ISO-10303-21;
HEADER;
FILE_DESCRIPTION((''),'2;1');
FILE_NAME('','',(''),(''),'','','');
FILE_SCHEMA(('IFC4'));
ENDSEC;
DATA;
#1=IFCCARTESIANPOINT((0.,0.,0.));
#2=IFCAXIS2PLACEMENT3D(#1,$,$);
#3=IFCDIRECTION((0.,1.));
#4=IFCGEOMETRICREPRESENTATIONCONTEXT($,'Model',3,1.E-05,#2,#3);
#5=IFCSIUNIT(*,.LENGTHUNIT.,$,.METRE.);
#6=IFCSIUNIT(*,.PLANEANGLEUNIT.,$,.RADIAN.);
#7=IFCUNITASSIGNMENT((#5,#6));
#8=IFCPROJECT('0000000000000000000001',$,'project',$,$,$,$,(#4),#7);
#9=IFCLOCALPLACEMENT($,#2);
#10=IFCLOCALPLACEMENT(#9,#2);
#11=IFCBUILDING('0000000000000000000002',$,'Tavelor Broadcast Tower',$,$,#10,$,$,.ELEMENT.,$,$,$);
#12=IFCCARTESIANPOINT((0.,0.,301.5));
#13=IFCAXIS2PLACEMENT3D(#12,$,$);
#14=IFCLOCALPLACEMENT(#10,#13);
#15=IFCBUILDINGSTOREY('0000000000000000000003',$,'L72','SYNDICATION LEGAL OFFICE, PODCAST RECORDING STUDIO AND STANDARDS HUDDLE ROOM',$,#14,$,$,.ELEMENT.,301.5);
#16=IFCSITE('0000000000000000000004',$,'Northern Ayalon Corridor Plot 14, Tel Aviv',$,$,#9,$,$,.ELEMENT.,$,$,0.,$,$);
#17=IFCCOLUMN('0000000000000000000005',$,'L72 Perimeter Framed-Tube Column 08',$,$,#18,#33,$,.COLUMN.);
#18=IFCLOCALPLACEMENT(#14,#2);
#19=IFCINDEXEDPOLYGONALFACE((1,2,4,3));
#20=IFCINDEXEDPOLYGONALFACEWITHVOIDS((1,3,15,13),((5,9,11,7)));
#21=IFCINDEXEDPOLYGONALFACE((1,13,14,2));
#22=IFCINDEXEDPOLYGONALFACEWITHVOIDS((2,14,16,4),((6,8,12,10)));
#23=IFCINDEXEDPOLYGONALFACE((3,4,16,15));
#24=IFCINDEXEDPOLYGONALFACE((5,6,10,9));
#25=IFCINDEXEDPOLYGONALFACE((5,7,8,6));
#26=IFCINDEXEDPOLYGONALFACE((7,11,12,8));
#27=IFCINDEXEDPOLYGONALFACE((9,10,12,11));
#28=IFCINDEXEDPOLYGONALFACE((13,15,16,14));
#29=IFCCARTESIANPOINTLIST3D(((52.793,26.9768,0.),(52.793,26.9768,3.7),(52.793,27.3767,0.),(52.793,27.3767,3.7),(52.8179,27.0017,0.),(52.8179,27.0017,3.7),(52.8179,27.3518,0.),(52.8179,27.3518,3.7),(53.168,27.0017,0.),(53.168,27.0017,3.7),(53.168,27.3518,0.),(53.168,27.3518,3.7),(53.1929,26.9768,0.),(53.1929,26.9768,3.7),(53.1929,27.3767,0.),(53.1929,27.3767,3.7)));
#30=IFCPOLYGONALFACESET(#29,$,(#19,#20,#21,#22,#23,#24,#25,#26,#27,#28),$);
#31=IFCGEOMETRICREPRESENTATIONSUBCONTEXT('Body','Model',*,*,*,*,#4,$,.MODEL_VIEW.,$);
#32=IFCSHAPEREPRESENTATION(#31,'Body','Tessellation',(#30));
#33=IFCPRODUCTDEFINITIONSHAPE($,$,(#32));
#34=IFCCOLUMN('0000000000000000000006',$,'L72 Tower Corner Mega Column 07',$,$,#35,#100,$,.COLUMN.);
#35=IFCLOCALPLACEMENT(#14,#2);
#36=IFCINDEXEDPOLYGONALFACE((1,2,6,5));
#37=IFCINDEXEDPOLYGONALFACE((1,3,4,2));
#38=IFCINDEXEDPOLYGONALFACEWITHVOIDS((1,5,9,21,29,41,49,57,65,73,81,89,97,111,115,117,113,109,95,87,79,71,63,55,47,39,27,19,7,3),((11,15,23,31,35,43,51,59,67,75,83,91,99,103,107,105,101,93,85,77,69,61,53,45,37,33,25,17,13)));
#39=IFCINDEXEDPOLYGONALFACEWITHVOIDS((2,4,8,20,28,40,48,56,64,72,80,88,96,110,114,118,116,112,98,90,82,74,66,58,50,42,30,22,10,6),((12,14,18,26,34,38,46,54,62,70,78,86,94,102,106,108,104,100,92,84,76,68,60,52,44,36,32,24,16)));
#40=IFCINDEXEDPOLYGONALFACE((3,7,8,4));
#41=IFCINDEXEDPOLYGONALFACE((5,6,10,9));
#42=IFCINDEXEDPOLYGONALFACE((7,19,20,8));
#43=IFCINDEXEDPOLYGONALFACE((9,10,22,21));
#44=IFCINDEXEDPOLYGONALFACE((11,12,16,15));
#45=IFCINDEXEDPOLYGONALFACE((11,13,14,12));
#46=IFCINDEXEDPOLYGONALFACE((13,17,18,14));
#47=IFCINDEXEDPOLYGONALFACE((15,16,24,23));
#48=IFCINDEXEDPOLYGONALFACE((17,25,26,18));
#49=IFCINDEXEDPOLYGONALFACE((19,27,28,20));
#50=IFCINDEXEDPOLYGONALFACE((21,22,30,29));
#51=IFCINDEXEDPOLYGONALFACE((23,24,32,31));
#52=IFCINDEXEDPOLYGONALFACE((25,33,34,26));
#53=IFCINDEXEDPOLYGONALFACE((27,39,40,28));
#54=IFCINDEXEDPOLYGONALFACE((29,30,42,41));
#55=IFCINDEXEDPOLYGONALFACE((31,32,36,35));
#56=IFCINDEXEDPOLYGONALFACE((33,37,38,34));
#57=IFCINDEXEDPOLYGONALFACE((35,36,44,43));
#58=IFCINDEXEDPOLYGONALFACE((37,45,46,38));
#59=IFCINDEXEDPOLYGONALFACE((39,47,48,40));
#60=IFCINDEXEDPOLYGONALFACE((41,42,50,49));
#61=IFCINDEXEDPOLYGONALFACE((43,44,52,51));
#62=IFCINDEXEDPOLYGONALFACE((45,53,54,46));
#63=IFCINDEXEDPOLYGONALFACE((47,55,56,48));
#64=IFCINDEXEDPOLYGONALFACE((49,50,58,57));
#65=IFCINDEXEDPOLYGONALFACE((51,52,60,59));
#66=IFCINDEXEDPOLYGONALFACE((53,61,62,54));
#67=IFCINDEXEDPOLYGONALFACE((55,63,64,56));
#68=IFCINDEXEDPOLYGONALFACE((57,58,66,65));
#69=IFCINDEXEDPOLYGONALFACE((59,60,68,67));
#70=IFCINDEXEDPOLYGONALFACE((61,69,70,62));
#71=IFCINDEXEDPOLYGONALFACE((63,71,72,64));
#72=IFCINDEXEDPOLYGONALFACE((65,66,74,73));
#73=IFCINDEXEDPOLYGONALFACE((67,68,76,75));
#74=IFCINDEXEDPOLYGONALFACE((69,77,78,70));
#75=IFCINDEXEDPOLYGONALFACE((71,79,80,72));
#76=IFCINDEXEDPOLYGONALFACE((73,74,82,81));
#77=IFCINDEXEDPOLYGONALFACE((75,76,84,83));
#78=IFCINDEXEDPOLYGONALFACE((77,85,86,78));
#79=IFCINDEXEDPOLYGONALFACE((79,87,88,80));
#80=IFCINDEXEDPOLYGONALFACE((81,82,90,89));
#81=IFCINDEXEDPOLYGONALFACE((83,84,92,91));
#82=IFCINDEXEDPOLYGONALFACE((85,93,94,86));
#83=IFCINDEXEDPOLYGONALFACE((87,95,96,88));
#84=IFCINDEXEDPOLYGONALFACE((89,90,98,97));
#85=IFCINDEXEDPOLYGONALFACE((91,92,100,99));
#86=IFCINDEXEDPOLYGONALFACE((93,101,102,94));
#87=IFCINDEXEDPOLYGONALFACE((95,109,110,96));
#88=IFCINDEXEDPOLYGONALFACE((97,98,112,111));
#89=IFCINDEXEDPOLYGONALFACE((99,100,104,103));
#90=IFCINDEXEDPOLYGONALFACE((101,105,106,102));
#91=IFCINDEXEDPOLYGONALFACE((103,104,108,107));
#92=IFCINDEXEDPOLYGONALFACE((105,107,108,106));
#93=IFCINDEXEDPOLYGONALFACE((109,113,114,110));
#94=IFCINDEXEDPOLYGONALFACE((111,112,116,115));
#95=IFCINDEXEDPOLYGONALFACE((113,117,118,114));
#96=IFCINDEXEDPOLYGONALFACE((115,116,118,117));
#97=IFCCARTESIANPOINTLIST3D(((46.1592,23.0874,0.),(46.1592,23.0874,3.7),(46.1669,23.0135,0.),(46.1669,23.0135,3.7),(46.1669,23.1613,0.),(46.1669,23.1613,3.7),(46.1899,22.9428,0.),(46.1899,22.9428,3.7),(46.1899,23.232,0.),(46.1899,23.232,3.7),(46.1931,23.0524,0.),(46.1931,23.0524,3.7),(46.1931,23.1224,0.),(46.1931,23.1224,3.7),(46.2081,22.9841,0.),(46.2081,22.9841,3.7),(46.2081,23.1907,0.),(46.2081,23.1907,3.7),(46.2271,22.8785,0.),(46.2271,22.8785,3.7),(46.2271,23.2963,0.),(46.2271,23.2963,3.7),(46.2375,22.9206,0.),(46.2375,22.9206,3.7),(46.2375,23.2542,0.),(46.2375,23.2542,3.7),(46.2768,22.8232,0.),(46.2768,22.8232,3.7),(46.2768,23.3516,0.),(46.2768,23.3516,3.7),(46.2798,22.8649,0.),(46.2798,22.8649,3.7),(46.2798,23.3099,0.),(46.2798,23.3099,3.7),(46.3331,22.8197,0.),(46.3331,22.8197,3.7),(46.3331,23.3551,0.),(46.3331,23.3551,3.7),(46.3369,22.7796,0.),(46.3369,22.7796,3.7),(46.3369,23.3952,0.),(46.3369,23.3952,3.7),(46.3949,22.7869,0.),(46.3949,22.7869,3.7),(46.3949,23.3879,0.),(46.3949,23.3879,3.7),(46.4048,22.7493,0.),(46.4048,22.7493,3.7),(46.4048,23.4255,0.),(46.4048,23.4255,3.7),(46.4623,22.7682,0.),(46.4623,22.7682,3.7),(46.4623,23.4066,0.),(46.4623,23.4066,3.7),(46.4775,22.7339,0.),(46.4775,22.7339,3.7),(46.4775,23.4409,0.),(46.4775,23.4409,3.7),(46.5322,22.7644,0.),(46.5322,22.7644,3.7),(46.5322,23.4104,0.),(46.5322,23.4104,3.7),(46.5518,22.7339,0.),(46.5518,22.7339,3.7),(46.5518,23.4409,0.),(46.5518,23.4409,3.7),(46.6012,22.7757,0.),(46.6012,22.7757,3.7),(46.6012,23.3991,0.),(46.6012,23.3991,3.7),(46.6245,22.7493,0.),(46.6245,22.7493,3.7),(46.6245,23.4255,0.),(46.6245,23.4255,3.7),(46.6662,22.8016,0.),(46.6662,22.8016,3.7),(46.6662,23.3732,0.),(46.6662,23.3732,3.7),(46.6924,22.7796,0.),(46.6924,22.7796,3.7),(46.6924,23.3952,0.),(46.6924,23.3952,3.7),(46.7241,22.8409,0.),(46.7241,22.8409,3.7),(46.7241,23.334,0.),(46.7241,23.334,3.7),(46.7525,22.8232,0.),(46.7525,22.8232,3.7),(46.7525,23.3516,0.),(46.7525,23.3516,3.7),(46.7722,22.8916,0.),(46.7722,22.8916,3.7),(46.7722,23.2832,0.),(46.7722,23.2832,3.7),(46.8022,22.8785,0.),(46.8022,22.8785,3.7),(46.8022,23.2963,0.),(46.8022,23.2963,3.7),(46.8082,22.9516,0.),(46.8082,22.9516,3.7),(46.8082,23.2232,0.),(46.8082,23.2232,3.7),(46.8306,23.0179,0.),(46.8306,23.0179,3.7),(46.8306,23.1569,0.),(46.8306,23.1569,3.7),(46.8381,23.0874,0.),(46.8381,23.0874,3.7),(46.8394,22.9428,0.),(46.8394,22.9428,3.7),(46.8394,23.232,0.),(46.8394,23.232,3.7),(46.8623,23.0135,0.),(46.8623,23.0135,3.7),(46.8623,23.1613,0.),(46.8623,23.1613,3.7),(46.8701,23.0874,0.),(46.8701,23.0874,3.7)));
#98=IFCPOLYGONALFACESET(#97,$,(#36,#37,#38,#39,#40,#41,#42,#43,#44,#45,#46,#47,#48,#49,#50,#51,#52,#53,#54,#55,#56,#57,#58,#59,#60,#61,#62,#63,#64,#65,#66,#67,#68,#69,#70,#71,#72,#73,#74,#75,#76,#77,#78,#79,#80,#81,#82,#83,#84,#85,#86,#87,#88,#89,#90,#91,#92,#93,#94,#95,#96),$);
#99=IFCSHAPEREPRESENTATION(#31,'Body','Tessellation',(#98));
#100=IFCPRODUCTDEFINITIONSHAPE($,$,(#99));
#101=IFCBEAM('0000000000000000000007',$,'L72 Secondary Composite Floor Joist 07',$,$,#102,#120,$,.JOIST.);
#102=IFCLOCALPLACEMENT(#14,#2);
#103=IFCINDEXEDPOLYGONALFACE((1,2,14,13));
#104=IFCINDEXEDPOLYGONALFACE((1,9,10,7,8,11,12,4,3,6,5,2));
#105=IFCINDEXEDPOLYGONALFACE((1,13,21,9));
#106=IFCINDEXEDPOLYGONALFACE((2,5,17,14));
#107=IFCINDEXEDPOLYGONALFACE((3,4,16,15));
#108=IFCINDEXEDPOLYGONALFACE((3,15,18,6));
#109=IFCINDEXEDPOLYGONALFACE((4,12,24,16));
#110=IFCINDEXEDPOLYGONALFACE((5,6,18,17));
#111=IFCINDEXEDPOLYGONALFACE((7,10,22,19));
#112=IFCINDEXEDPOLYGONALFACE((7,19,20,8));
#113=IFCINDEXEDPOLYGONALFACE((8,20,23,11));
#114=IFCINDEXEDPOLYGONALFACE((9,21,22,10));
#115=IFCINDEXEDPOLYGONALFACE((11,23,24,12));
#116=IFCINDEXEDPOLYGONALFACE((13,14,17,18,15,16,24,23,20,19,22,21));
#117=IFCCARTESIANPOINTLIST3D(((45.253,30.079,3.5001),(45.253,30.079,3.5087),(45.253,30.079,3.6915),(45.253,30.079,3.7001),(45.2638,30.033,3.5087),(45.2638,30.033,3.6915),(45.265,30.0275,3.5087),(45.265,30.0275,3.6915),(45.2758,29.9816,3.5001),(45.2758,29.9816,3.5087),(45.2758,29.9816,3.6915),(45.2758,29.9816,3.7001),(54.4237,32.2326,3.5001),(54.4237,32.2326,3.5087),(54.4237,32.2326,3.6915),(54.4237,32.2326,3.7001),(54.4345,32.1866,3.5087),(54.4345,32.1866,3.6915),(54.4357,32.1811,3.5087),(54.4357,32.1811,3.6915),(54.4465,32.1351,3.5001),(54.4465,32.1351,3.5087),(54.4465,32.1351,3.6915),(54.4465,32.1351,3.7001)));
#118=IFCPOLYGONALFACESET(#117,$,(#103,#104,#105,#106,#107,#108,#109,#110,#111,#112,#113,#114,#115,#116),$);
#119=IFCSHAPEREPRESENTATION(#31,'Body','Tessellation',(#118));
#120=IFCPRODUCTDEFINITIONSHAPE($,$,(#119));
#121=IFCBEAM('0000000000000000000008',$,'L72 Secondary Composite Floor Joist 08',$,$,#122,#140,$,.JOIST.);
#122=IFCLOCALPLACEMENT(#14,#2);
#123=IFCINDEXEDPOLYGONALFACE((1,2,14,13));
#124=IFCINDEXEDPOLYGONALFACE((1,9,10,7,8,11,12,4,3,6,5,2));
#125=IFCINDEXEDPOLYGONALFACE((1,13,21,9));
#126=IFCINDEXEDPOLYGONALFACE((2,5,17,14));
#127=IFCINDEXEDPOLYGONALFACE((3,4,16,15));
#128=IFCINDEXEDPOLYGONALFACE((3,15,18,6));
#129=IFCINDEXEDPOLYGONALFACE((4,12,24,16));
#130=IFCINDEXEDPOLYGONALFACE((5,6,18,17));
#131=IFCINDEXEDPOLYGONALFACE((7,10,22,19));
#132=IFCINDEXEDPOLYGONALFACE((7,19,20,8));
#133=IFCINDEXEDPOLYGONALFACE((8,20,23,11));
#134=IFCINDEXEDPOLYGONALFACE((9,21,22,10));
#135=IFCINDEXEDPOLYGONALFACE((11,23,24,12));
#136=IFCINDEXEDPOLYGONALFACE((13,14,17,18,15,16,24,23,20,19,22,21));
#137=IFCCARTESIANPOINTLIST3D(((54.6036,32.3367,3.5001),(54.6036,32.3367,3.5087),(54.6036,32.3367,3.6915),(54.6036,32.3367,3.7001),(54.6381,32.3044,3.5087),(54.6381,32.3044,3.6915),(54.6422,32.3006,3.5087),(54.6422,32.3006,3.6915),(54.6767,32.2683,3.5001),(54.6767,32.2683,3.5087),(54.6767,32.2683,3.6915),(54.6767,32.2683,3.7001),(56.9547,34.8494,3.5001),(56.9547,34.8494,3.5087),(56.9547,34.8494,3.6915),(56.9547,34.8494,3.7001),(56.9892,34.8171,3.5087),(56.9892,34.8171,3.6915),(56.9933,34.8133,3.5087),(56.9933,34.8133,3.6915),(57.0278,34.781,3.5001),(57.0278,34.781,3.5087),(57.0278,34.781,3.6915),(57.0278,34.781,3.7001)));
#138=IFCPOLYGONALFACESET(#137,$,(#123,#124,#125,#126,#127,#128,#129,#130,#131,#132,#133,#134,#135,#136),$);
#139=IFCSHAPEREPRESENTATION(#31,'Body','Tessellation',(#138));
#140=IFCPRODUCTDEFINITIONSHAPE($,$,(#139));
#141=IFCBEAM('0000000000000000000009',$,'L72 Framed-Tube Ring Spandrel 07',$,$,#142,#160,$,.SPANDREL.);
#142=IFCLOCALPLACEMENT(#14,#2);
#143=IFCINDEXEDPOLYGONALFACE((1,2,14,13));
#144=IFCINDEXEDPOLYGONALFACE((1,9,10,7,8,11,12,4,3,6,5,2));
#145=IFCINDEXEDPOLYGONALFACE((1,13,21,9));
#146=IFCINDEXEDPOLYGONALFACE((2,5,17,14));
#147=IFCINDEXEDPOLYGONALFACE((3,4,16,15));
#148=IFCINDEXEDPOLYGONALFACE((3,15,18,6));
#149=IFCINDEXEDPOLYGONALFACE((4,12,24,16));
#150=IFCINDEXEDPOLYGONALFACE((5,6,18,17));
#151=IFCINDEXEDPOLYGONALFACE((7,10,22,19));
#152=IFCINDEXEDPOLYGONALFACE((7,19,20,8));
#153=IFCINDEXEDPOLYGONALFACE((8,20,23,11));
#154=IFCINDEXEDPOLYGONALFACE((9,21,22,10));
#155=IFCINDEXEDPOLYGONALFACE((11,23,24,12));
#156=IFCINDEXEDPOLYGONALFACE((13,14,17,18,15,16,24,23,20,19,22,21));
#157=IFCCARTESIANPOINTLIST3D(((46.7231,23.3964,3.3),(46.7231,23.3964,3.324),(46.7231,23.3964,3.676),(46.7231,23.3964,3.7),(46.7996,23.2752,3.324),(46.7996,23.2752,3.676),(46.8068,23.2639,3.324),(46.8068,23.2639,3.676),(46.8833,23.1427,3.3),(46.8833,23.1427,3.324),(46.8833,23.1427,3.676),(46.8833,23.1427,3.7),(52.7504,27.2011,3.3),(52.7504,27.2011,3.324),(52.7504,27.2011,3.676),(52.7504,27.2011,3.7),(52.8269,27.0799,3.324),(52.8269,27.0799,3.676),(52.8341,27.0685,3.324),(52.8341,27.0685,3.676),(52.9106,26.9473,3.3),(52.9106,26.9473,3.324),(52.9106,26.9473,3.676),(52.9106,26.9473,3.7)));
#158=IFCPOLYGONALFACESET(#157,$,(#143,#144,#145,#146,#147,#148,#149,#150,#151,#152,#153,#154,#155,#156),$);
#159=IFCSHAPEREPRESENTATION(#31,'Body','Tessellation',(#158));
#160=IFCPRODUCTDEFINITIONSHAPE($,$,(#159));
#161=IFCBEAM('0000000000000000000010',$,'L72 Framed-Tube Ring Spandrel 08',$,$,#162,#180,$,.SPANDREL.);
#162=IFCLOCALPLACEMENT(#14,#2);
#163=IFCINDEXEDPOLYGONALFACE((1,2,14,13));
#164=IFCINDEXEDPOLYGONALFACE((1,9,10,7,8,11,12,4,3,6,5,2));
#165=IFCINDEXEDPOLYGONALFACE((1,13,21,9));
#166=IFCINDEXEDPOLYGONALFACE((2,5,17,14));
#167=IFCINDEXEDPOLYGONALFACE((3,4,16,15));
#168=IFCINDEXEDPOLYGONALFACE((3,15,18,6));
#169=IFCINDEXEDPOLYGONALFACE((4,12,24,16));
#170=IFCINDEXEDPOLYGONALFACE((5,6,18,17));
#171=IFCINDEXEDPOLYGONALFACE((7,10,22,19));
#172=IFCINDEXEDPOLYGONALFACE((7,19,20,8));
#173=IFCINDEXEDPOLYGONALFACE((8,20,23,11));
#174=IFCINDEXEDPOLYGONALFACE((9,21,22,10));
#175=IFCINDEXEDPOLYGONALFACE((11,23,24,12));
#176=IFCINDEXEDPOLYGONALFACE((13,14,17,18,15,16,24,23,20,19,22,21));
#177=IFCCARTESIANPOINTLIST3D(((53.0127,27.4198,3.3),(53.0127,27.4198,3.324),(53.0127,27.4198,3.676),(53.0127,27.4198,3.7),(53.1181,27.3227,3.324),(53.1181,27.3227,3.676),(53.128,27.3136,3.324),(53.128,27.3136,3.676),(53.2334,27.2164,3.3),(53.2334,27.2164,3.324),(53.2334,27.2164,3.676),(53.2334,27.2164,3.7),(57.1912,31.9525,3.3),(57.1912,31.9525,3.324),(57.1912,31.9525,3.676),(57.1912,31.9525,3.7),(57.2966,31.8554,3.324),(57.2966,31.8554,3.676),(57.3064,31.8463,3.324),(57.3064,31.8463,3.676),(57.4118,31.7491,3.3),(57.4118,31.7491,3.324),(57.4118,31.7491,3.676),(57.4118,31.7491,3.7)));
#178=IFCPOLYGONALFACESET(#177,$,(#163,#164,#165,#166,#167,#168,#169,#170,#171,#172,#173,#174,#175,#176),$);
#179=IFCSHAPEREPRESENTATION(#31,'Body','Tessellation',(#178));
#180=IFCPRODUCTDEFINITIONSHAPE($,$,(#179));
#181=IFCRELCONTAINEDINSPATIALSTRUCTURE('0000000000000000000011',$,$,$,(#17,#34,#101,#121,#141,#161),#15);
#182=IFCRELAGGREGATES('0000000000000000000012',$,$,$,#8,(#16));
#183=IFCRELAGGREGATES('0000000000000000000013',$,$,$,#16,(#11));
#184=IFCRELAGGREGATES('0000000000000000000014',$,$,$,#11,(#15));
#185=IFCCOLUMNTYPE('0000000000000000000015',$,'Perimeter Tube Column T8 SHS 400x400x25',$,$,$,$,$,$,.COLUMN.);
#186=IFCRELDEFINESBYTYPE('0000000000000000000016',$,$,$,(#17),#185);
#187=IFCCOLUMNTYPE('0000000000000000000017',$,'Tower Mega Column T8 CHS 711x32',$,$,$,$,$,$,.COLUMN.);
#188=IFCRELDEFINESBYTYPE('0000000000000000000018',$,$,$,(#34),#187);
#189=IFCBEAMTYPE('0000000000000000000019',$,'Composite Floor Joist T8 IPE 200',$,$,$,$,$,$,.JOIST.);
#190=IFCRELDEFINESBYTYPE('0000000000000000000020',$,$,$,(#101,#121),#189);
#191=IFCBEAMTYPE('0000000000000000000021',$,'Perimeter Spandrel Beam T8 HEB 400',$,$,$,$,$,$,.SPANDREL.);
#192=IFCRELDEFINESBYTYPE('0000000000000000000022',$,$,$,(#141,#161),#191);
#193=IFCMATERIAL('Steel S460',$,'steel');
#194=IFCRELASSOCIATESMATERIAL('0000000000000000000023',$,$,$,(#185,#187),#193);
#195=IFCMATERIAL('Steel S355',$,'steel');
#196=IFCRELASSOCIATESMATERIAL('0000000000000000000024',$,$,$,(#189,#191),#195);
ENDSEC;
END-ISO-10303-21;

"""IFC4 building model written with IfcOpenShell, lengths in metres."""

from ifc_helpers import new_model, si_unit, direction, frame, origin, origin_2d, place, context, subcontext, project, spatial, hollow_rectangle, hollow_circle, i_section, extrude, material, material_profile, profile_set, type_object, element, save


model = new_model("IFC4")

# Units and contexts
model_context = context("Model", 3, precision=1e-05, world=origin(), true_north=direction((0.0, 1.0)))
body_context = subcontext(model_context, "Body", "Model", "MODEL_VIEW")
ifc_project = project(units=[si_unit("LENGTHUNIT", "METRE"), si_unit("PLANEANGLEUNIT", "RADIAN")], contexts=[model_context])

# Site, building, storey
site_placement = place(None, origin())
site = spatial("IfcSite", under=ifc_project, at=site_placement, Name="Northern Ayalon Corridor Plot 14, Tel Aviv", CompositionType="ELEMENT", RefElevation=0.0)
building_placement = place(site_placement, origin())
building = spatial("IfcBuilding", under=site, at=building_placement, Name="Tavelor Broadcast Tower", CompositionType="ELEMENT")
storey_placement = place(building_placement, frame((0.0, 0.0, 301.5)))
storey = spatial("IfcBuildingStorey", under=building, at=storey_placement, Name="L72", Description="SYNDICATION LEGAL OFFICE, PODCAST RECORDING STUDIO AND STANDARDS HUDDLE ROOM", CompositionType="ELEMENT", Elevation=301.5)

# Columns
ifc_material_1 = material(Name="Steel S460", Category="steel")
ifc_material_profile_1 = material_profile(ifc_material_1, hollow_rectangle(XDim=0.3999, YDim=0.3999, WallThickness=0.0249, at=origin_2d()), Name="SHS 400x400x25")
ifc_profile_set_1 = profile_set([ifc_material_profile_1], Name="Steel S460")
column_type_1 = type_object("IfcColumnType", Name="Perimeter Tube Column T8 SHS 400x400x25", PredefinedType="COLUMN", material=ifc_profile_set_1)
column_1_placement = place(storey_placement, frame((52.9929, 27.1768, 0.0), z_axis=(0.0, 0.0, 1.0), x_axis=(1.0, 0.0, 0.0)))
element("IfcColumn", 1, at=column_1_placement, inside=storey, type_object=column_type_1, Name="L72 Perimeter Framed-Tube Column 08", PredefinedType="COLUMN", context=body_context, shape_type="SweptSolid", body=[
    extrude(hollow_rectangle(XDim=0.3999, YDim=0.3999, WallThickness=0.0249, at=origin_2d()), origin(), (0.0, 0.0, 1.0), 3.7),
])
ifc_material_profile_2 = material_profile(ifc_material_1, hollow_circle(Radius=0.3555, WallThickness=0.032, at=origin_2d()), Name="CHS 711x32")
ifc_profile_set_2 = profile_set([ifc_material_profile_2], Name="Steel S460")
column_type_2 = type_object("IfcColumnType", Name="Tower Mega Column T8 CHS 711x32", PredefinedType="COLUMN", material=ifc_profile_set_2)
column_2_placement = place(storey_placement, frame((46.5146, 23.0874, 0.0), z_axis=(0.0, 0.0, 1.0), x_axis=(1.0, 0.0, 0.0)))
element("IfcColumn", 2, at=column_2_placement, inside=storey, type_object=column_type_2, Name="L72 Tower Corner Mega Column 07", PredefinedType="COLUMN", context=body_context, shape_type="SweptSolid", body=[
    extrude(hollow_circle(Radius=0.3555, WallThickness=0.032, at=origin_2d()), origin(), (0.0, 0.0, 1.0), 3.7),
])

# Beams
ifc_material_2 = material(Name="Steel S355", Category="steel")
ifc_material_profile_3 = material_profile(ifc_material_2, i_section(OverallWidth=0.1001, OverallDepth=0.2, WebThickness=0.0056, FlangeThickness=0.0085, at=origin_2d()), Name="IPE 200")
ifc_profile_set_3 = profile_set([ifc_material_profile_3], Name="Steel S355")
beam_type_1 = type_object("IfcBeamType", Name="Composite Floor Joist T8 IPE 200", PredefinedType="JOIST", material=ifc_profile_set_3)
beam_1_placement = place(storey_placement, frame((45.2644, 30.0303, 3.6001), z_axis=(0.973517, 0.228613, 0.0), x_axis=(-0.228613, 0.973517, 0.0)))
element("IfcBeam", 3, at=beam_1_placement, inside=storey, type_object=beam_type_1, Name="L72 Secondary Composite Floor Joist 07", PredefinedType="JOIST", context=body_context, shape_type="SweptSolid", body=[
    extrude(i_section(OverallWidth=0.1001, OverallDepth=0.2, WebThickness=0.0056, FlangeThickness=0.0085, at=origin_2d()), origin(), (0.0, 0.0, 1.0), 9.4202),
])
beam_2_placement = place(storey_placement, frame((54.6401, 32.3025, 3.6001), z_axis=(0.683233, 0.730201, 0.0), x_axis=(-0.730201, 0.683233, 0.0)))
element("IfcBeam", 4, at=beam_2_placement, inside=storey, type_object=beam_type_1, Name="L72 Secondary Composite Floor Joist 08", PredefinedType="JOIST", context=body_context, shape_type="SweptSolid", body=[
    extrude(i_section(OverallWidth=0.1001, OverallDepth=0.2, WebThickness=0.0056, FlangeThickness=0.0085, at=origin_2d()), origin(), (0.0, 0.0, 1.0), 3.4412),
])
ifc_material_profile_4 = material_profile(ifc_material_2, i_section(OverallWidth=0.3, OverallDepth=0.3999, WebThickness=0.0134, FlangeThickness=0.0239, at=origin_2d()), Name="HEB 400")
ifc_profile_set_4 = profile_set([ifc_material_profile_4], Name="Steel S355")
beam_type_2 = type_object("IfcBeamType", Name="Perimeter Spandrel Beam T8 HEB 400", PredefinedType="SPANDREL", material=ifc_profile_set_4)
beam_3_placement = place(storey_placement, frame((46.8032, 23.2695, 3.5), z_axis=(0.845619, 0.533787, 0.0), x_axis=(-0.533787, 0.845619, 0.0)))
element("IfcBeam", 5, at=beam_3_placement, inside=storey, type_object=beam_type_2, Name="L72 Framed-Tube Ring Spandrel 07", PredefinedType="SPANDREL", context=body_context, shape_type="SweptSolid", body=[
    extrude(i_section(OverallWidth=0.3, OverallDepth=0.3999, WebThickness=0.0134, FlangeThickness=0.0239, at=origin_2d()), origin(), (0.0, 0.0, 1.0), 7.1277),
])
beam_4_placement = place(storey_placement, frame((53.123, 27.3181, 3.5), z_axis=(0.677791, 0.735254, 0.0), x_axis=(-0.735254, 0.677791, 0.0)))
element("IfcBeam", 6, at=beam_4_placement, inside=storey, type_object=beam_type_2, Name="L72 Framed-Tube Ring Spandrel 08", PredefinedType="SPANDREL", context=body_context, shape_type="SweptSolid", body=[
    extrude(i_section(OverallWidth=0.3, OverallDepth=0.3999, WebThickness=0.0134, FlangeThickness=0.0239, at=origin_2d()), origin(), (0.0, 0.0, 1.0), 6.1648),
])

save(model, "model.ifc")
